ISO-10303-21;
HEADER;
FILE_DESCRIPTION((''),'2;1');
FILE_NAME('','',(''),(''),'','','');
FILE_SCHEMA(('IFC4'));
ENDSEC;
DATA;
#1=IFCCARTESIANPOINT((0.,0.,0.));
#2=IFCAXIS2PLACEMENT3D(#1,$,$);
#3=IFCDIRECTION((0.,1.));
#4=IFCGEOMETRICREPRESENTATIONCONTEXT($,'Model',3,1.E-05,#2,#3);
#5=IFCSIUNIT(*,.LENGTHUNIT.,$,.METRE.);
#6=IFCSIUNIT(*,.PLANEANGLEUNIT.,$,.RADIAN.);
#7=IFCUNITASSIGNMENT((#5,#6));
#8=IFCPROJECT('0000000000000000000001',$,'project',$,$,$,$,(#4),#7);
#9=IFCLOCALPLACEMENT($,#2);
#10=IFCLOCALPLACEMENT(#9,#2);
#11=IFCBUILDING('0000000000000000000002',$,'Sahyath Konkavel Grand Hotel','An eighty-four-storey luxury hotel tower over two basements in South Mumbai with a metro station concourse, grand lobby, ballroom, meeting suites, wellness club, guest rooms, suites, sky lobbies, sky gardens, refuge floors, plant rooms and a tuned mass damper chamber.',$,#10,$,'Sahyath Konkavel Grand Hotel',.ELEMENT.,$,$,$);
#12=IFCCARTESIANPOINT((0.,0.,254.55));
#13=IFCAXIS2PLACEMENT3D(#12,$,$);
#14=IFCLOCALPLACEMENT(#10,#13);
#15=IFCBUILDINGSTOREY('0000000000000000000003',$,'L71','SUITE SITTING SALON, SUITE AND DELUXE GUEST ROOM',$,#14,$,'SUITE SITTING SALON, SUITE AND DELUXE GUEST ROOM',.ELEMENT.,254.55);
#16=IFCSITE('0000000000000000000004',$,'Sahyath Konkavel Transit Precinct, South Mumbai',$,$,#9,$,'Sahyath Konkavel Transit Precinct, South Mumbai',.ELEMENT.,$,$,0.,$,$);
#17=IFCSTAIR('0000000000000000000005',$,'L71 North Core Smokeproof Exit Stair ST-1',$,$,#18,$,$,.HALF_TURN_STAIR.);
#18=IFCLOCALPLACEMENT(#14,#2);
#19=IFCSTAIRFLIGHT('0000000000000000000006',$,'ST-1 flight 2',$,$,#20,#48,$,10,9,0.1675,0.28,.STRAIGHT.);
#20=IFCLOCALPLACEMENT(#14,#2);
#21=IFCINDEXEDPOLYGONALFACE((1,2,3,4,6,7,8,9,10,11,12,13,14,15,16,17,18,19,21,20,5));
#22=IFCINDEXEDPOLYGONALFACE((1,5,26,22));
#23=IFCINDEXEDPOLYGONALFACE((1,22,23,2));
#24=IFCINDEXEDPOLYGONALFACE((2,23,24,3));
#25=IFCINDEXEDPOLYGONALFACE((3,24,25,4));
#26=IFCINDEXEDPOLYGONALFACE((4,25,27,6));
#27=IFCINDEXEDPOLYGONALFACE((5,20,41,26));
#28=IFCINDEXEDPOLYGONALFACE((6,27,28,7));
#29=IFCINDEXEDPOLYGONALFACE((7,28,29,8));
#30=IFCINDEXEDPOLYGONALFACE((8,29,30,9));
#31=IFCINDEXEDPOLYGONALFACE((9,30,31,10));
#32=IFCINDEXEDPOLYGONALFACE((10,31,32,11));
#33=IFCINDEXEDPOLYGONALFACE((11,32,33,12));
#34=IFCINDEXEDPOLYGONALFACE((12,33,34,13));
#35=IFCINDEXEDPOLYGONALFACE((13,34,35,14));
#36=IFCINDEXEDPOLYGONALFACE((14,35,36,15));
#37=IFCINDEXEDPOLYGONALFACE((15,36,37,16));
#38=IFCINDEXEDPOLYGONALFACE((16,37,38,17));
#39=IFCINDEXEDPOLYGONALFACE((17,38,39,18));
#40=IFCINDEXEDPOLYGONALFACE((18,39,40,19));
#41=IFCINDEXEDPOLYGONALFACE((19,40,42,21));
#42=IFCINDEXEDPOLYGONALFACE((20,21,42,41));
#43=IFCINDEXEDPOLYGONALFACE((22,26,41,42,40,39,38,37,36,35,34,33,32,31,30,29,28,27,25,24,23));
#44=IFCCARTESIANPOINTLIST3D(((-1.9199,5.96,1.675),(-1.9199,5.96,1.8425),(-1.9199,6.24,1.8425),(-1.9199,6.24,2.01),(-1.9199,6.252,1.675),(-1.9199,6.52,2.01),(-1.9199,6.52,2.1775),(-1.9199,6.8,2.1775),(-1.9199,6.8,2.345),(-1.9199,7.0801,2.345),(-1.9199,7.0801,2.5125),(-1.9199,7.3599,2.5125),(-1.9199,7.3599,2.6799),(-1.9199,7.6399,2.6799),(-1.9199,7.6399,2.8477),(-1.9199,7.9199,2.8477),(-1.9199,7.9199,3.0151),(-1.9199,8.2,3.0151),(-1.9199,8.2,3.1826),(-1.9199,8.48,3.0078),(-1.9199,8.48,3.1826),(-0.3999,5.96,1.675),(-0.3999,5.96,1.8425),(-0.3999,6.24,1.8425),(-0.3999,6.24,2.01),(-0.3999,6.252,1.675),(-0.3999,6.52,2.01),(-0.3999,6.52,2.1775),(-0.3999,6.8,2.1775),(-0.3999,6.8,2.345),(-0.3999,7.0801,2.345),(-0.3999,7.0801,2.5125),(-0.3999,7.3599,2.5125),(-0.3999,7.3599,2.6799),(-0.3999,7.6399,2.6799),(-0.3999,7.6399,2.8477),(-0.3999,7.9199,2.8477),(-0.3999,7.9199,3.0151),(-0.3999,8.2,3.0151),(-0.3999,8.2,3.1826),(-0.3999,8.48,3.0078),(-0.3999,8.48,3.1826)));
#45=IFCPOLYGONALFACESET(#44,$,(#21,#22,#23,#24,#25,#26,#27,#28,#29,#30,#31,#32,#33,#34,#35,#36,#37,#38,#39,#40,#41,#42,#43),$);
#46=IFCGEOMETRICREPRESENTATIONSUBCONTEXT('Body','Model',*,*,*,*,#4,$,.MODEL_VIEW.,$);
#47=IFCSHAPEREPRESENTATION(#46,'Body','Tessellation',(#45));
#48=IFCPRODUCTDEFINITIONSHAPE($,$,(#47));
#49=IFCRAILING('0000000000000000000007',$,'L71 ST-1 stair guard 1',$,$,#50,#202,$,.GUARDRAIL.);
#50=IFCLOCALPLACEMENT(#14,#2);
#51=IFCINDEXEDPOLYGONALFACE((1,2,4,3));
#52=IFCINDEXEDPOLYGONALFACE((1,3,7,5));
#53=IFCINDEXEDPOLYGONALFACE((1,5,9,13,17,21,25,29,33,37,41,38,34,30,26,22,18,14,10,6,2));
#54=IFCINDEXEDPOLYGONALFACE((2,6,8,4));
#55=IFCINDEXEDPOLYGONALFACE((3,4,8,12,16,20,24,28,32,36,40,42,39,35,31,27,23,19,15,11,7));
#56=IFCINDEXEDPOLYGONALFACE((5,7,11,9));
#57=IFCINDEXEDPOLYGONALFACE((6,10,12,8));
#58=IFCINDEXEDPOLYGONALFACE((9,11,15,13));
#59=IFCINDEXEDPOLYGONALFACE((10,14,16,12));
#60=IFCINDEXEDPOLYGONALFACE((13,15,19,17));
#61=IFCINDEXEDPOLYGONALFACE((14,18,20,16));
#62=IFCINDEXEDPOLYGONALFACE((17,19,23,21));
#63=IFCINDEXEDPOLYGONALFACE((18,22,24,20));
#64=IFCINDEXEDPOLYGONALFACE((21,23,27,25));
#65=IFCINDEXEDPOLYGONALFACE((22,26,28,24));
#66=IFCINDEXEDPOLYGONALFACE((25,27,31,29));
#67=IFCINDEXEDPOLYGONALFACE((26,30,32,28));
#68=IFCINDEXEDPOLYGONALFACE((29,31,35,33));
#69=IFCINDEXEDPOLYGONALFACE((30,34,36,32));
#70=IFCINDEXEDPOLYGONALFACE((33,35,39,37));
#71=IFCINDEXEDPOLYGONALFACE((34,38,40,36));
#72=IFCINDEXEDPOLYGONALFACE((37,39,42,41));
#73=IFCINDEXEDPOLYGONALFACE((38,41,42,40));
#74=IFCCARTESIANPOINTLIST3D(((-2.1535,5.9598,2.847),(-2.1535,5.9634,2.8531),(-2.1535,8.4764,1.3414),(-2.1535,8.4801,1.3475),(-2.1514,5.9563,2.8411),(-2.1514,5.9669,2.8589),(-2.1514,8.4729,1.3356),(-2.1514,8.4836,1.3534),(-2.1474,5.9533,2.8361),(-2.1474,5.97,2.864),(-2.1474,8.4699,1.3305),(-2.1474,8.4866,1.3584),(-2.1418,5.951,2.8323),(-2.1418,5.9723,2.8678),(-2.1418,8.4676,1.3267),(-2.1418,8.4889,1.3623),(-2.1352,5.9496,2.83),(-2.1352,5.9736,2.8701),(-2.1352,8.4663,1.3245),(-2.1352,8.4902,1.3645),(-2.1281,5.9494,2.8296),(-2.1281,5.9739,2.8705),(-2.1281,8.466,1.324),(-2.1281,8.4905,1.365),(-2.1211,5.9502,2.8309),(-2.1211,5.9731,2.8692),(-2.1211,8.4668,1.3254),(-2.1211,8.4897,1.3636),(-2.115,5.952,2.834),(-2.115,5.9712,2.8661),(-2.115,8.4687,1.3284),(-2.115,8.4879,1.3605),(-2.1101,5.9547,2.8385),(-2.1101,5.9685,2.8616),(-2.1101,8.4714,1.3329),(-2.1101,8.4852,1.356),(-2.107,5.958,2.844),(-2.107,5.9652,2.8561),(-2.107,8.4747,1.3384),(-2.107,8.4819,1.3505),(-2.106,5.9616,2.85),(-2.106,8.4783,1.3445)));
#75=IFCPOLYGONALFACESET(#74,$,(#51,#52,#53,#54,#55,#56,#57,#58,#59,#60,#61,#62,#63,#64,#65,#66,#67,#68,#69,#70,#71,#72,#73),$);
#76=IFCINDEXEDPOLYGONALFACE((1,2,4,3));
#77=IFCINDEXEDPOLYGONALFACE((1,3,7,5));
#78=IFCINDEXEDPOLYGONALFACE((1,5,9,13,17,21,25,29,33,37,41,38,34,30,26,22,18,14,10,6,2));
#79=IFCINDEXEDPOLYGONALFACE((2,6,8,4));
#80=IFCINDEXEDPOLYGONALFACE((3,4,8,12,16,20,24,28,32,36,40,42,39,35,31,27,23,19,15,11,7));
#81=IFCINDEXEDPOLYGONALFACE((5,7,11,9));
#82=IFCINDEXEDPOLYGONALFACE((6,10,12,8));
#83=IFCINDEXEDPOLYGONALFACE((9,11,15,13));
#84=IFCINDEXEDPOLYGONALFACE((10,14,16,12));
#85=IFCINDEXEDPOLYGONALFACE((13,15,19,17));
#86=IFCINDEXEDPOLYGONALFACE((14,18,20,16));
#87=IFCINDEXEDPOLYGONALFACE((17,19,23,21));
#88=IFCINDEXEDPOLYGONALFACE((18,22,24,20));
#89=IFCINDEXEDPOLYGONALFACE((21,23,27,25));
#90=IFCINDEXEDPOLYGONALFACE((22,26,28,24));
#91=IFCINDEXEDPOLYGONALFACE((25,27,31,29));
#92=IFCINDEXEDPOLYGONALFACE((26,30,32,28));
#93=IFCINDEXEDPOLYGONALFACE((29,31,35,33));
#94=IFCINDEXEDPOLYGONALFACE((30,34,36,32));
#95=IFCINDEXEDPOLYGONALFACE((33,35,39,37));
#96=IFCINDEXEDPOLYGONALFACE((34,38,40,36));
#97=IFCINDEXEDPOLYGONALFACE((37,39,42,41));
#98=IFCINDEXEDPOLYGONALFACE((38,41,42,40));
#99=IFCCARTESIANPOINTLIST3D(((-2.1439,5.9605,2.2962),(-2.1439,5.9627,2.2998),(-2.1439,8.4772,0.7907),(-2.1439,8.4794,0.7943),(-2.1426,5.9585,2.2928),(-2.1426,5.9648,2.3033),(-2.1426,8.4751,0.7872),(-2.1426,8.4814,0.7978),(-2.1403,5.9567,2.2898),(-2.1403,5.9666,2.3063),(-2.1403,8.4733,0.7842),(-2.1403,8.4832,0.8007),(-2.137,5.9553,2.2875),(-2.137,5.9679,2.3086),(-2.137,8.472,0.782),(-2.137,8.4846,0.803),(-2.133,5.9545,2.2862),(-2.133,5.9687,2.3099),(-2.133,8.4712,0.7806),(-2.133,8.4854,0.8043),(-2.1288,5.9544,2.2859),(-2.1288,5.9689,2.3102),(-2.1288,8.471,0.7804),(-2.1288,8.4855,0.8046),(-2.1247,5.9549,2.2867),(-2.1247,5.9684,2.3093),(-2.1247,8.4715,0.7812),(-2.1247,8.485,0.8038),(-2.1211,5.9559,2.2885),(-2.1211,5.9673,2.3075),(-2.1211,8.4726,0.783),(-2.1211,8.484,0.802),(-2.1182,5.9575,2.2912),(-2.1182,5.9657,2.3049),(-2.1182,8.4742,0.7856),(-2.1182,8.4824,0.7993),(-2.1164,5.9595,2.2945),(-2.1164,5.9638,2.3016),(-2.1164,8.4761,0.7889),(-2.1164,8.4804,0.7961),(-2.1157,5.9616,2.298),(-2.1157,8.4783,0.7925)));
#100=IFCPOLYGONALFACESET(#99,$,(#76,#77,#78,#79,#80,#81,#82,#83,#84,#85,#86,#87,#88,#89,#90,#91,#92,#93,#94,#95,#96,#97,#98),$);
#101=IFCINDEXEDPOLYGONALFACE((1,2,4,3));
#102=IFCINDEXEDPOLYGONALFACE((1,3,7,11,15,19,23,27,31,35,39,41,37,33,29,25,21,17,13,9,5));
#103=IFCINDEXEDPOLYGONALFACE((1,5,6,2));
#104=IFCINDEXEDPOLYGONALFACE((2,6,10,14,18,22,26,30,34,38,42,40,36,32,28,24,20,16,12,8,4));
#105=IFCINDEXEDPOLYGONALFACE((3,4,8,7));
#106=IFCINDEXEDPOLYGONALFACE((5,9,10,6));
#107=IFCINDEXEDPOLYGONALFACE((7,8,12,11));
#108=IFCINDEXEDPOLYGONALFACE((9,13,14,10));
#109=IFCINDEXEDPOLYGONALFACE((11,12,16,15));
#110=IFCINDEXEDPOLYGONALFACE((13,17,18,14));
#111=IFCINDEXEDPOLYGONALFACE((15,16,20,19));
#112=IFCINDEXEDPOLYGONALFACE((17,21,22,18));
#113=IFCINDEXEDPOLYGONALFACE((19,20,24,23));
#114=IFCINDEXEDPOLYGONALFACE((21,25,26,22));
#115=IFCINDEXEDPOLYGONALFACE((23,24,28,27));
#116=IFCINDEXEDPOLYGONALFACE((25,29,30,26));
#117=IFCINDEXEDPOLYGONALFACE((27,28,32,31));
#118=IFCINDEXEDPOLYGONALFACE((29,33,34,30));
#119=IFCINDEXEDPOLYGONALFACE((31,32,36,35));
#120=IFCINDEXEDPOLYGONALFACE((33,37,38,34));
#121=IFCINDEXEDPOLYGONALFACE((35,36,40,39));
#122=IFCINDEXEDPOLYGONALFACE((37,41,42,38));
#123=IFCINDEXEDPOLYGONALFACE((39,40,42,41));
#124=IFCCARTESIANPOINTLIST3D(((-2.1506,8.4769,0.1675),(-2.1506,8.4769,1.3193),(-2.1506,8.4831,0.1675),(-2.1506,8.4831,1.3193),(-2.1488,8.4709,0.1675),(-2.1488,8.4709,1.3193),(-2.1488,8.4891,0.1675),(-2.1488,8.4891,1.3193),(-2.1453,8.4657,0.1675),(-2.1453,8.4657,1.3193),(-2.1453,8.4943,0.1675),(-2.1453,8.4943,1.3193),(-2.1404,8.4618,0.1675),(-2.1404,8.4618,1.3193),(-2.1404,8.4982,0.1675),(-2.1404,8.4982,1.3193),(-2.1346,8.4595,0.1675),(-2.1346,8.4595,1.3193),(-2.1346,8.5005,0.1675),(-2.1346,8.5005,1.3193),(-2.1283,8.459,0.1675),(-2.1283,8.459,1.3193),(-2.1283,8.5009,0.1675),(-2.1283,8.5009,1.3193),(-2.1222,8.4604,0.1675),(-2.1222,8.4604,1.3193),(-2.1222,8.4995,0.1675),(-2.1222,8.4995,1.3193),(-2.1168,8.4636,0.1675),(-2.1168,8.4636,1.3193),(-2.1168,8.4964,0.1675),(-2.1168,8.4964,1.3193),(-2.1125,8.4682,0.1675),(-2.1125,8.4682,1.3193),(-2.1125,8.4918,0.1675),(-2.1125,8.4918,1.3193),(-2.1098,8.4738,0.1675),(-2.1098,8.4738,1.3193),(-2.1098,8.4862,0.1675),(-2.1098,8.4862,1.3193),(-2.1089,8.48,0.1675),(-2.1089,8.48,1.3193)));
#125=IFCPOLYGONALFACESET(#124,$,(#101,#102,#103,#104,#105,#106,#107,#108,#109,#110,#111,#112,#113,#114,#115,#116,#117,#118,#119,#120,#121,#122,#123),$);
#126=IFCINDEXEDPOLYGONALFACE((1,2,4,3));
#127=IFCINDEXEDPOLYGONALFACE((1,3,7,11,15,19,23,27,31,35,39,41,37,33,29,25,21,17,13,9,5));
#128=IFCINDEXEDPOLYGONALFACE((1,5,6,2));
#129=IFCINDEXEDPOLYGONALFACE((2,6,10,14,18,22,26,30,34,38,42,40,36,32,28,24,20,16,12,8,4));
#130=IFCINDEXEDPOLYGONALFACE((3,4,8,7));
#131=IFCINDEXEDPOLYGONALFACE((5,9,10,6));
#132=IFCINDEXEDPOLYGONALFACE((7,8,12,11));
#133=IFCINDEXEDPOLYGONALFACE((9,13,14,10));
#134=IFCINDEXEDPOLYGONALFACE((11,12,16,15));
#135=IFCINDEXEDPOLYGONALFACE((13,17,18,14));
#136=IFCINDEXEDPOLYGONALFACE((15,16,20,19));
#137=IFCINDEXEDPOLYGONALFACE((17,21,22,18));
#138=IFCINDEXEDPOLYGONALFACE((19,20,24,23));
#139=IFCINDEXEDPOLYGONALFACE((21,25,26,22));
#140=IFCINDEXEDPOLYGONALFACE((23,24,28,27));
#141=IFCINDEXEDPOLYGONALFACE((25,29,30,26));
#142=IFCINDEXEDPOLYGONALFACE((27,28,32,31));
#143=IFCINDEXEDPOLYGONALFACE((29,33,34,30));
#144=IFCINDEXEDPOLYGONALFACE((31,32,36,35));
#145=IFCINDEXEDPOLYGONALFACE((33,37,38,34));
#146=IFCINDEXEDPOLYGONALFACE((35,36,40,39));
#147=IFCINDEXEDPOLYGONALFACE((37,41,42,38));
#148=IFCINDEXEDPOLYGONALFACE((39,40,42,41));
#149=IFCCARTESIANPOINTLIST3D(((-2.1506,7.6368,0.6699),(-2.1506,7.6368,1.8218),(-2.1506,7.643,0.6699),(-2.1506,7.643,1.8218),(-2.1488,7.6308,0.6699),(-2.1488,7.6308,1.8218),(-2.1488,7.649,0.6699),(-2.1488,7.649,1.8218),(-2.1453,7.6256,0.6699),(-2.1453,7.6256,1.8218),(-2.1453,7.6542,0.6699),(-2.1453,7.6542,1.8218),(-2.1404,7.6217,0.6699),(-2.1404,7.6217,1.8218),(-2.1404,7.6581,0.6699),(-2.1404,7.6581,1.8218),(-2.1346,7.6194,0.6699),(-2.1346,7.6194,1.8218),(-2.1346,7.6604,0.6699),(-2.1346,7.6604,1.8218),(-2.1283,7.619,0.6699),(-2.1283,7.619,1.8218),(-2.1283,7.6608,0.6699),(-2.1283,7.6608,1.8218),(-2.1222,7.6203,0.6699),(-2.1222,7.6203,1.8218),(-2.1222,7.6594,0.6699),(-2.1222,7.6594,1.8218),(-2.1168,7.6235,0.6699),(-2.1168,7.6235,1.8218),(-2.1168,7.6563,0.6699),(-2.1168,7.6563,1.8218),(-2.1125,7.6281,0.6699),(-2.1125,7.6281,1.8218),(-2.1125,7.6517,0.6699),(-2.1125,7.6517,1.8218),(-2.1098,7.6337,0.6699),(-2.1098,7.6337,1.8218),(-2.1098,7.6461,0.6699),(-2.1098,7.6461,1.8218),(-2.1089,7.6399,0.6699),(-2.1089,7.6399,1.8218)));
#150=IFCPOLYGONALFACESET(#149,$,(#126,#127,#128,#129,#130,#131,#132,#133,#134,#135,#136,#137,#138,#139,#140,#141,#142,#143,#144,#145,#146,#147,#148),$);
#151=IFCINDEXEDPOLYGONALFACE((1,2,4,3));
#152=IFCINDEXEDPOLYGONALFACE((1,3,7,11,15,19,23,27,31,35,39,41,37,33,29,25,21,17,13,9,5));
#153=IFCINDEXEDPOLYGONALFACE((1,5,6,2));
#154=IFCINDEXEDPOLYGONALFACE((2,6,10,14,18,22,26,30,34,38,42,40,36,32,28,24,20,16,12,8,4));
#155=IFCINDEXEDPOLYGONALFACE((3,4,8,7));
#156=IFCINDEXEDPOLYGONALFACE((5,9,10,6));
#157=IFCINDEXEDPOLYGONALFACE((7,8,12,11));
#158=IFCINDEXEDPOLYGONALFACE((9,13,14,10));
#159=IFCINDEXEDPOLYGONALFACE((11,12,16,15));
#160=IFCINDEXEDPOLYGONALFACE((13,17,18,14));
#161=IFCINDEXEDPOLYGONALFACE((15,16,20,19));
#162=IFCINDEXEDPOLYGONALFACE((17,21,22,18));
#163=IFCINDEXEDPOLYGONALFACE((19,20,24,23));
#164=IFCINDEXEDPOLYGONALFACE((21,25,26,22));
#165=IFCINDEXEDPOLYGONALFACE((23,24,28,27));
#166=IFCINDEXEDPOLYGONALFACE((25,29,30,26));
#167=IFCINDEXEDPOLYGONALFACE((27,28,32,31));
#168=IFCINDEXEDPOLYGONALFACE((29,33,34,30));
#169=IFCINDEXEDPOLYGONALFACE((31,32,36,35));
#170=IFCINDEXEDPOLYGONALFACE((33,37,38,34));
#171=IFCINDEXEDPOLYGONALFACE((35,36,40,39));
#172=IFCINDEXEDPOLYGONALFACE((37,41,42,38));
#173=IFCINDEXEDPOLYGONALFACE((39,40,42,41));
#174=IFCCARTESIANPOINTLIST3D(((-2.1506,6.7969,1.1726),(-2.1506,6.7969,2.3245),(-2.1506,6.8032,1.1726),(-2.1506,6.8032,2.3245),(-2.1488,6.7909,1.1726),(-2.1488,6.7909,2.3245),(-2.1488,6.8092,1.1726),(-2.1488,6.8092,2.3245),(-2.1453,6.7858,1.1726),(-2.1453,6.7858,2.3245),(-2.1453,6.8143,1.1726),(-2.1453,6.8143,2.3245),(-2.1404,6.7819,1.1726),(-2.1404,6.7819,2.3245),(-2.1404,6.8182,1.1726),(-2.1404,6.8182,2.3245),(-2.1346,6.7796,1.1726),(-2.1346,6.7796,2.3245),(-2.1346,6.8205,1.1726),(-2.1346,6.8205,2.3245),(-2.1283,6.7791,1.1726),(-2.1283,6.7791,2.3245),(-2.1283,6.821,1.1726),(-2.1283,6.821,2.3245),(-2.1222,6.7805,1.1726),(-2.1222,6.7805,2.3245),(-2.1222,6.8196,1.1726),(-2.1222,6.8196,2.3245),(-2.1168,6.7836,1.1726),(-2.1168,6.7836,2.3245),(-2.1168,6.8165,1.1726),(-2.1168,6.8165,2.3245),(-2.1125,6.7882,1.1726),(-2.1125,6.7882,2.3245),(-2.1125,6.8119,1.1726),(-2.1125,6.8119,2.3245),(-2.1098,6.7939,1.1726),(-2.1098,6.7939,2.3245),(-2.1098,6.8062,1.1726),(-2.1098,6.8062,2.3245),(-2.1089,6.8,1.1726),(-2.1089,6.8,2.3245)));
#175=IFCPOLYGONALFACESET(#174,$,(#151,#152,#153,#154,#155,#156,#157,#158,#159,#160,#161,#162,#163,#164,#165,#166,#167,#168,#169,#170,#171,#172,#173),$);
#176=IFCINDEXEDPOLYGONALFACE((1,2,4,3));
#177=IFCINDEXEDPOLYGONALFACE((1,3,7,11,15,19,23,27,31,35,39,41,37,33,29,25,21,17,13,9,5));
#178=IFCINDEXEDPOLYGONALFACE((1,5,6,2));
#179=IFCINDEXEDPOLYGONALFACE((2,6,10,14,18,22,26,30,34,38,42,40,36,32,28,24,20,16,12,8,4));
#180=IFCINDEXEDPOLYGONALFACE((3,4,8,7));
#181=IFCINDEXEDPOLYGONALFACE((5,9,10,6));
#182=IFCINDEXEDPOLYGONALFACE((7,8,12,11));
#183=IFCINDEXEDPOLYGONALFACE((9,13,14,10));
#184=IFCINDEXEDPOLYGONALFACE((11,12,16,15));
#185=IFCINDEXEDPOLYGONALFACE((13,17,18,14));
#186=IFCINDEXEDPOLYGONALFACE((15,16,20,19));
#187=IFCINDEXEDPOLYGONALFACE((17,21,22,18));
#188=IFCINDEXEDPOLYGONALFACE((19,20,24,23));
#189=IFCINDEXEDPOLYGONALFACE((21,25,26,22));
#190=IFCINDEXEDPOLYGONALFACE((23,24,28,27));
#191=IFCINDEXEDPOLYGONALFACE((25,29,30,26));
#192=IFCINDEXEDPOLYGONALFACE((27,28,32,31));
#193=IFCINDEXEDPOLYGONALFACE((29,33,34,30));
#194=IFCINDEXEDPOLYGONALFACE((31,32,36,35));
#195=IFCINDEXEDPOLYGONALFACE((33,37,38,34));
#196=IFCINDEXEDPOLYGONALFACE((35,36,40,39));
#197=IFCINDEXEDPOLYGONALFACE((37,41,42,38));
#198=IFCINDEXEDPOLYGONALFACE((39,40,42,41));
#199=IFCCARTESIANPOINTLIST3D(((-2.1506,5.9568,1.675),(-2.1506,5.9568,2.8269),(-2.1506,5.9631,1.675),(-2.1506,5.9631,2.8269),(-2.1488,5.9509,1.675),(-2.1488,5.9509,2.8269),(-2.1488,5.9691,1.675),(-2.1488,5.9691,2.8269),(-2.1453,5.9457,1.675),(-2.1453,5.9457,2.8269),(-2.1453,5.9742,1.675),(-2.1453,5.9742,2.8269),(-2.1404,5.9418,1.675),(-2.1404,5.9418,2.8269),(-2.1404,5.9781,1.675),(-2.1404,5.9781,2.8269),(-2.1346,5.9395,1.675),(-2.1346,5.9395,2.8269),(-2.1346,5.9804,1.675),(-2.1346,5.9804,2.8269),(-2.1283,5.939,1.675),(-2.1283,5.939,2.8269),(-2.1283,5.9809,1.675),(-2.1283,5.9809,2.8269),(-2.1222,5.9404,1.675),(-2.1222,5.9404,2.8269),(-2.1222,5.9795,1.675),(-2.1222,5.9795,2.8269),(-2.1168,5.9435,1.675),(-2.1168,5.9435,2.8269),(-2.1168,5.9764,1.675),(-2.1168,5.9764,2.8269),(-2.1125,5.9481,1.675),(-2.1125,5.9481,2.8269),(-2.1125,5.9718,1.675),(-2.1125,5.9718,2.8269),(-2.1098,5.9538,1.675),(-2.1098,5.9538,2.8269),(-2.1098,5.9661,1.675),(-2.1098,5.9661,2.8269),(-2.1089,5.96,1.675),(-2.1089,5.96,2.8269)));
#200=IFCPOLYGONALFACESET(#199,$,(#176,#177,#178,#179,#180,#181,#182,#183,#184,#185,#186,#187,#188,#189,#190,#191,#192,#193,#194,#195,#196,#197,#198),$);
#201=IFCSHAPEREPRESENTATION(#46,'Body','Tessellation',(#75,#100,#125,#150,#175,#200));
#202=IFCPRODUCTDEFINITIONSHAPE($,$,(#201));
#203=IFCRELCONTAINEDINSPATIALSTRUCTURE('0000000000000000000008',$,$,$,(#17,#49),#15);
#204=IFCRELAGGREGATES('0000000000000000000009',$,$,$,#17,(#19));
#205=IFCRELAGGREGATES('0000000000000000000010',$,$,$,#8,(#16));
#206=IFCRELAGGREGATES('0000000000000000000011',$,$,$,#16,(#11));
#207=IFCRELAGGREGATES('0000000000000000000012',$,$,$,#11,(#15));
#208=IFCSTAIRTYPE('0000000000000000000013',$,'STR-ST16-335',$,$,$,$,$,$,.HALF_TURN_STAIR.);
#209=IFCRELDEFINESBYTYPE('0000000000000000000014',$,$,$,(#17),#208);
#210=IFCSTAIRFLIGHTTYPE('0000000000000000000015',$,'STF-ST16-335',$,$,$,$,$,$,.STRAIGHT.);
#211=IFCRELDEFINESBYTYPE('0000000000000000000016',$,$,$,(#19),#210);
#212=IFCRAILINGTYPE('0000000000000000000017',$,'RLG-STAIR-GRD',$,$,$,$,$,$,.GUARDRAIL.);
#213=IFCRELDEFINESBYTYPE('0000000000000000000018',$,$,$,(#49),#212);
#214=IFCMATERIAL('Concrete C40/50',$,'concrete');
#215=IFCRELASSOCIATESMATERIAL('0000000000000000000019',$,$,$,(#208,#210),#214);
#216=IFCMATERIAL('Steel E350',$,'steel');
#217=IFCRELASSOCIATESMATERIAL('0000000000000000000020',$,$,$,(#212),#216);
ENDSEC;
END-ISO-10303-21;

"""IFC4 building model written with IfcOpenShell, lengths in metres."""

from ifc_helpers import new_model, si_unit, direction, frame, origin, origin_2d, place, context, subcontext, project, spatial, polyline, circle, outline, extrude, material, type_object, element, aggregate, save


model = new_model("IFC4")

# Units and contexts
model_context = context("Model", 3, precision=1e-05, world=origin(), true_north=direction((0.0, 1.0)))
body_context = subcontext(model_context, "Body", "Model", "MODEL_VIEW")
ifc_project = project(units=[si_unit("LENGTHUNIT", "METRE"), si_unit("PLANEANGLEUNIT", "RADIAN")], contexts=[model_context])

# Site, building, storey
site_placement = place(None, origin())
site = spatial("IfcSite", under=ifc_project, at=site_placement, Name="Sahyath Konkavel Transit Precinct, South Mumbai", LongName="Sahyath Konkavel Transit Precinct, South Mumbai", CompositionType="ELEMENT", RefElevation=0.0)
building_placement = place(site_placement, origin())
building = spatial("IfcBuilding", under=site, at=building_placement, Name="Sahyath Konkavel Grand Hotel", Description="An eighty-four-storey luxury hotel tower over two basements in South Mumbai with a metro station concourse, grand lobby, ballroom, meeting suites, wellness club, guest rooms, suites, sky lobbies, sky gardens, refuge floors, plant rooms and a tuned mass damper chamber.", LongName="Sahyath Konkavel Grand Hotel", CompositionType="ELEMENT")
storey_placement = place(building_placement, frame((0.0, 0.0, 254.55)))
storey = spatial("IfcBuildingStorey", under=building, at=storey_placement, Name="L71", Description="SUITE SITTING SALON, SUITE AND DELUXE GUEST ROOM", LongName="SUITE SITTING SALON, SUITE AND DELUXE GUEST ROOM", CompositionType="ELEMENT", Elevation=254.55)

# Shared definitions
ifc_material_1 = material(Name="Concrete C40/50", Category="concrete")

# Shared definitions
ifc_material_2 = material(Name="Steel E350", Category="steel")

# Stair
stair_type = type_object("IfcStairType", Name="STR-ST16-335", PredefinedType="HALF_TURN_STAIR", material=ifc_material_1)
stair_1_placement = place(storey_placement, origin())
stair_1 = element("IfcStair", 1, at=stair_1_placement, inside=storey, type_object=stair_type, Name="L71 North Core Smokeproof Exit Stair ST-1", PredefinedType="HALF_TURN_STAIR")

# Stair flight
stair_flight_type = type_object("IfcStairFlightType", Name="STF-ST16-335", PredefinedType="STRAIGHT", material=ifc_material_1)
stair_flight_1_placement = place(storey_placement, frame((-1.1599, 5.96, 1.675), z_axis=(0.0, 0.0, 1.0), x_axis=(0.0, 1.0, 0.0)))
stair_flight_1 = element("IfcStairFlight", 2, at=stair_flight_1_placement, type_object=stair_flight_type, Name="ST-1 flight 2", NumberOfRisers=10, NumberOfTreads=9, PredefinedType="STRAIGHT", RiserHeight=0.1675, TreadLength=0.28, context=body_context, shape_type="SweptSolid", body=[
    extrude(outline(polyline([(0.0, 0.0), (0.0, 0.1675), (0.28, 0.1675), (0.28, 0.335), (0.5601, 0.335), (0.5601, 0.5024), (0.8401, 0.5024), (0.8401, 0.6699), (1.1201, 0.6699), (1.1201, 0.8374), (1.3999, 0.8374), (1.3999, 1.0049), (1.6799, 1.0049), (1.6799, 1.1726), (1.96, 1.1726), (1.96, 1.3401), (2.24, 1.3401), (2.24, 1.5076), (2.52, 1.5076), (2.52, 1.675), (2.52, 1.3328), (0.292, 0.0), (0.0, 0.0)])), frame((0.0, 0.76, 0.0), z_axis=(0.0, -1.0, 0.0), x_axis=(1.0, 0.0, 0.0)), (0.0, 0.0, 1.0), 1.52),
])
aggregate(stair_1, [stair_flight_1])

# Railing
railing_type_1 = type_object("IfcRailingType", Name="RLG-STAIR-GRD", PredefinedType="GUARDRAIL", material=ifc_material_2)
railing_1_placement = place(storey_placement, frame((-2.1299, 8.48, 0.1675)))
element("IfcRailing", 3, at=railing_1_placement, inside=storey, type_object=railing_type_1, Name="L71 ST-1 stair guard 1", PredefinedType="GUARDRAIL", context=body_context, shape_type="SweptSolid", body=[
    extrude(circle(Radius=0.0239, at=origin_2d()), frame((0.0, -0.0017, 1.177), z_axis=(0.0, -0.85816, 0.513383), x_axis=(1.0, 0.0, 0.0)), (0.0, 0.0, 1.0), 2.9326),
    extrude(circle(Radius=0.0142, at=origin_2d()), frame((0.0, -0.0017, 0.625), z_axis=(0.0, -0.85816, 0.513383), x_axis=(1.0, 0.0, 0.0)), (0.0, 0.0, 1.0), 2.9326),
    extrude(circle(Radius=0.021, at=origin_2d()), origin(), (0.0, 0.0, 1.0), 1.1519),
    extrude(circle(Radius=0.021, at=origin_2d()), frame((0.0, -0.8401, 0.5024)), (0.0, 0.0, 1.0), 1.1519),
    extrude(circle(Radius=0.021, at=origin_2d()), frame((0.0, -1.6799, 1.0051)), (0.0, 0.0, 1.0), 1.1519),
    extrude(circle(Radius=0.021, at=origin_2d()), frame((0.0, -2.52, 1.5076)), (0.0, 0.0, 1.0), 1.1519),
])

save(model, "model.ifc")
